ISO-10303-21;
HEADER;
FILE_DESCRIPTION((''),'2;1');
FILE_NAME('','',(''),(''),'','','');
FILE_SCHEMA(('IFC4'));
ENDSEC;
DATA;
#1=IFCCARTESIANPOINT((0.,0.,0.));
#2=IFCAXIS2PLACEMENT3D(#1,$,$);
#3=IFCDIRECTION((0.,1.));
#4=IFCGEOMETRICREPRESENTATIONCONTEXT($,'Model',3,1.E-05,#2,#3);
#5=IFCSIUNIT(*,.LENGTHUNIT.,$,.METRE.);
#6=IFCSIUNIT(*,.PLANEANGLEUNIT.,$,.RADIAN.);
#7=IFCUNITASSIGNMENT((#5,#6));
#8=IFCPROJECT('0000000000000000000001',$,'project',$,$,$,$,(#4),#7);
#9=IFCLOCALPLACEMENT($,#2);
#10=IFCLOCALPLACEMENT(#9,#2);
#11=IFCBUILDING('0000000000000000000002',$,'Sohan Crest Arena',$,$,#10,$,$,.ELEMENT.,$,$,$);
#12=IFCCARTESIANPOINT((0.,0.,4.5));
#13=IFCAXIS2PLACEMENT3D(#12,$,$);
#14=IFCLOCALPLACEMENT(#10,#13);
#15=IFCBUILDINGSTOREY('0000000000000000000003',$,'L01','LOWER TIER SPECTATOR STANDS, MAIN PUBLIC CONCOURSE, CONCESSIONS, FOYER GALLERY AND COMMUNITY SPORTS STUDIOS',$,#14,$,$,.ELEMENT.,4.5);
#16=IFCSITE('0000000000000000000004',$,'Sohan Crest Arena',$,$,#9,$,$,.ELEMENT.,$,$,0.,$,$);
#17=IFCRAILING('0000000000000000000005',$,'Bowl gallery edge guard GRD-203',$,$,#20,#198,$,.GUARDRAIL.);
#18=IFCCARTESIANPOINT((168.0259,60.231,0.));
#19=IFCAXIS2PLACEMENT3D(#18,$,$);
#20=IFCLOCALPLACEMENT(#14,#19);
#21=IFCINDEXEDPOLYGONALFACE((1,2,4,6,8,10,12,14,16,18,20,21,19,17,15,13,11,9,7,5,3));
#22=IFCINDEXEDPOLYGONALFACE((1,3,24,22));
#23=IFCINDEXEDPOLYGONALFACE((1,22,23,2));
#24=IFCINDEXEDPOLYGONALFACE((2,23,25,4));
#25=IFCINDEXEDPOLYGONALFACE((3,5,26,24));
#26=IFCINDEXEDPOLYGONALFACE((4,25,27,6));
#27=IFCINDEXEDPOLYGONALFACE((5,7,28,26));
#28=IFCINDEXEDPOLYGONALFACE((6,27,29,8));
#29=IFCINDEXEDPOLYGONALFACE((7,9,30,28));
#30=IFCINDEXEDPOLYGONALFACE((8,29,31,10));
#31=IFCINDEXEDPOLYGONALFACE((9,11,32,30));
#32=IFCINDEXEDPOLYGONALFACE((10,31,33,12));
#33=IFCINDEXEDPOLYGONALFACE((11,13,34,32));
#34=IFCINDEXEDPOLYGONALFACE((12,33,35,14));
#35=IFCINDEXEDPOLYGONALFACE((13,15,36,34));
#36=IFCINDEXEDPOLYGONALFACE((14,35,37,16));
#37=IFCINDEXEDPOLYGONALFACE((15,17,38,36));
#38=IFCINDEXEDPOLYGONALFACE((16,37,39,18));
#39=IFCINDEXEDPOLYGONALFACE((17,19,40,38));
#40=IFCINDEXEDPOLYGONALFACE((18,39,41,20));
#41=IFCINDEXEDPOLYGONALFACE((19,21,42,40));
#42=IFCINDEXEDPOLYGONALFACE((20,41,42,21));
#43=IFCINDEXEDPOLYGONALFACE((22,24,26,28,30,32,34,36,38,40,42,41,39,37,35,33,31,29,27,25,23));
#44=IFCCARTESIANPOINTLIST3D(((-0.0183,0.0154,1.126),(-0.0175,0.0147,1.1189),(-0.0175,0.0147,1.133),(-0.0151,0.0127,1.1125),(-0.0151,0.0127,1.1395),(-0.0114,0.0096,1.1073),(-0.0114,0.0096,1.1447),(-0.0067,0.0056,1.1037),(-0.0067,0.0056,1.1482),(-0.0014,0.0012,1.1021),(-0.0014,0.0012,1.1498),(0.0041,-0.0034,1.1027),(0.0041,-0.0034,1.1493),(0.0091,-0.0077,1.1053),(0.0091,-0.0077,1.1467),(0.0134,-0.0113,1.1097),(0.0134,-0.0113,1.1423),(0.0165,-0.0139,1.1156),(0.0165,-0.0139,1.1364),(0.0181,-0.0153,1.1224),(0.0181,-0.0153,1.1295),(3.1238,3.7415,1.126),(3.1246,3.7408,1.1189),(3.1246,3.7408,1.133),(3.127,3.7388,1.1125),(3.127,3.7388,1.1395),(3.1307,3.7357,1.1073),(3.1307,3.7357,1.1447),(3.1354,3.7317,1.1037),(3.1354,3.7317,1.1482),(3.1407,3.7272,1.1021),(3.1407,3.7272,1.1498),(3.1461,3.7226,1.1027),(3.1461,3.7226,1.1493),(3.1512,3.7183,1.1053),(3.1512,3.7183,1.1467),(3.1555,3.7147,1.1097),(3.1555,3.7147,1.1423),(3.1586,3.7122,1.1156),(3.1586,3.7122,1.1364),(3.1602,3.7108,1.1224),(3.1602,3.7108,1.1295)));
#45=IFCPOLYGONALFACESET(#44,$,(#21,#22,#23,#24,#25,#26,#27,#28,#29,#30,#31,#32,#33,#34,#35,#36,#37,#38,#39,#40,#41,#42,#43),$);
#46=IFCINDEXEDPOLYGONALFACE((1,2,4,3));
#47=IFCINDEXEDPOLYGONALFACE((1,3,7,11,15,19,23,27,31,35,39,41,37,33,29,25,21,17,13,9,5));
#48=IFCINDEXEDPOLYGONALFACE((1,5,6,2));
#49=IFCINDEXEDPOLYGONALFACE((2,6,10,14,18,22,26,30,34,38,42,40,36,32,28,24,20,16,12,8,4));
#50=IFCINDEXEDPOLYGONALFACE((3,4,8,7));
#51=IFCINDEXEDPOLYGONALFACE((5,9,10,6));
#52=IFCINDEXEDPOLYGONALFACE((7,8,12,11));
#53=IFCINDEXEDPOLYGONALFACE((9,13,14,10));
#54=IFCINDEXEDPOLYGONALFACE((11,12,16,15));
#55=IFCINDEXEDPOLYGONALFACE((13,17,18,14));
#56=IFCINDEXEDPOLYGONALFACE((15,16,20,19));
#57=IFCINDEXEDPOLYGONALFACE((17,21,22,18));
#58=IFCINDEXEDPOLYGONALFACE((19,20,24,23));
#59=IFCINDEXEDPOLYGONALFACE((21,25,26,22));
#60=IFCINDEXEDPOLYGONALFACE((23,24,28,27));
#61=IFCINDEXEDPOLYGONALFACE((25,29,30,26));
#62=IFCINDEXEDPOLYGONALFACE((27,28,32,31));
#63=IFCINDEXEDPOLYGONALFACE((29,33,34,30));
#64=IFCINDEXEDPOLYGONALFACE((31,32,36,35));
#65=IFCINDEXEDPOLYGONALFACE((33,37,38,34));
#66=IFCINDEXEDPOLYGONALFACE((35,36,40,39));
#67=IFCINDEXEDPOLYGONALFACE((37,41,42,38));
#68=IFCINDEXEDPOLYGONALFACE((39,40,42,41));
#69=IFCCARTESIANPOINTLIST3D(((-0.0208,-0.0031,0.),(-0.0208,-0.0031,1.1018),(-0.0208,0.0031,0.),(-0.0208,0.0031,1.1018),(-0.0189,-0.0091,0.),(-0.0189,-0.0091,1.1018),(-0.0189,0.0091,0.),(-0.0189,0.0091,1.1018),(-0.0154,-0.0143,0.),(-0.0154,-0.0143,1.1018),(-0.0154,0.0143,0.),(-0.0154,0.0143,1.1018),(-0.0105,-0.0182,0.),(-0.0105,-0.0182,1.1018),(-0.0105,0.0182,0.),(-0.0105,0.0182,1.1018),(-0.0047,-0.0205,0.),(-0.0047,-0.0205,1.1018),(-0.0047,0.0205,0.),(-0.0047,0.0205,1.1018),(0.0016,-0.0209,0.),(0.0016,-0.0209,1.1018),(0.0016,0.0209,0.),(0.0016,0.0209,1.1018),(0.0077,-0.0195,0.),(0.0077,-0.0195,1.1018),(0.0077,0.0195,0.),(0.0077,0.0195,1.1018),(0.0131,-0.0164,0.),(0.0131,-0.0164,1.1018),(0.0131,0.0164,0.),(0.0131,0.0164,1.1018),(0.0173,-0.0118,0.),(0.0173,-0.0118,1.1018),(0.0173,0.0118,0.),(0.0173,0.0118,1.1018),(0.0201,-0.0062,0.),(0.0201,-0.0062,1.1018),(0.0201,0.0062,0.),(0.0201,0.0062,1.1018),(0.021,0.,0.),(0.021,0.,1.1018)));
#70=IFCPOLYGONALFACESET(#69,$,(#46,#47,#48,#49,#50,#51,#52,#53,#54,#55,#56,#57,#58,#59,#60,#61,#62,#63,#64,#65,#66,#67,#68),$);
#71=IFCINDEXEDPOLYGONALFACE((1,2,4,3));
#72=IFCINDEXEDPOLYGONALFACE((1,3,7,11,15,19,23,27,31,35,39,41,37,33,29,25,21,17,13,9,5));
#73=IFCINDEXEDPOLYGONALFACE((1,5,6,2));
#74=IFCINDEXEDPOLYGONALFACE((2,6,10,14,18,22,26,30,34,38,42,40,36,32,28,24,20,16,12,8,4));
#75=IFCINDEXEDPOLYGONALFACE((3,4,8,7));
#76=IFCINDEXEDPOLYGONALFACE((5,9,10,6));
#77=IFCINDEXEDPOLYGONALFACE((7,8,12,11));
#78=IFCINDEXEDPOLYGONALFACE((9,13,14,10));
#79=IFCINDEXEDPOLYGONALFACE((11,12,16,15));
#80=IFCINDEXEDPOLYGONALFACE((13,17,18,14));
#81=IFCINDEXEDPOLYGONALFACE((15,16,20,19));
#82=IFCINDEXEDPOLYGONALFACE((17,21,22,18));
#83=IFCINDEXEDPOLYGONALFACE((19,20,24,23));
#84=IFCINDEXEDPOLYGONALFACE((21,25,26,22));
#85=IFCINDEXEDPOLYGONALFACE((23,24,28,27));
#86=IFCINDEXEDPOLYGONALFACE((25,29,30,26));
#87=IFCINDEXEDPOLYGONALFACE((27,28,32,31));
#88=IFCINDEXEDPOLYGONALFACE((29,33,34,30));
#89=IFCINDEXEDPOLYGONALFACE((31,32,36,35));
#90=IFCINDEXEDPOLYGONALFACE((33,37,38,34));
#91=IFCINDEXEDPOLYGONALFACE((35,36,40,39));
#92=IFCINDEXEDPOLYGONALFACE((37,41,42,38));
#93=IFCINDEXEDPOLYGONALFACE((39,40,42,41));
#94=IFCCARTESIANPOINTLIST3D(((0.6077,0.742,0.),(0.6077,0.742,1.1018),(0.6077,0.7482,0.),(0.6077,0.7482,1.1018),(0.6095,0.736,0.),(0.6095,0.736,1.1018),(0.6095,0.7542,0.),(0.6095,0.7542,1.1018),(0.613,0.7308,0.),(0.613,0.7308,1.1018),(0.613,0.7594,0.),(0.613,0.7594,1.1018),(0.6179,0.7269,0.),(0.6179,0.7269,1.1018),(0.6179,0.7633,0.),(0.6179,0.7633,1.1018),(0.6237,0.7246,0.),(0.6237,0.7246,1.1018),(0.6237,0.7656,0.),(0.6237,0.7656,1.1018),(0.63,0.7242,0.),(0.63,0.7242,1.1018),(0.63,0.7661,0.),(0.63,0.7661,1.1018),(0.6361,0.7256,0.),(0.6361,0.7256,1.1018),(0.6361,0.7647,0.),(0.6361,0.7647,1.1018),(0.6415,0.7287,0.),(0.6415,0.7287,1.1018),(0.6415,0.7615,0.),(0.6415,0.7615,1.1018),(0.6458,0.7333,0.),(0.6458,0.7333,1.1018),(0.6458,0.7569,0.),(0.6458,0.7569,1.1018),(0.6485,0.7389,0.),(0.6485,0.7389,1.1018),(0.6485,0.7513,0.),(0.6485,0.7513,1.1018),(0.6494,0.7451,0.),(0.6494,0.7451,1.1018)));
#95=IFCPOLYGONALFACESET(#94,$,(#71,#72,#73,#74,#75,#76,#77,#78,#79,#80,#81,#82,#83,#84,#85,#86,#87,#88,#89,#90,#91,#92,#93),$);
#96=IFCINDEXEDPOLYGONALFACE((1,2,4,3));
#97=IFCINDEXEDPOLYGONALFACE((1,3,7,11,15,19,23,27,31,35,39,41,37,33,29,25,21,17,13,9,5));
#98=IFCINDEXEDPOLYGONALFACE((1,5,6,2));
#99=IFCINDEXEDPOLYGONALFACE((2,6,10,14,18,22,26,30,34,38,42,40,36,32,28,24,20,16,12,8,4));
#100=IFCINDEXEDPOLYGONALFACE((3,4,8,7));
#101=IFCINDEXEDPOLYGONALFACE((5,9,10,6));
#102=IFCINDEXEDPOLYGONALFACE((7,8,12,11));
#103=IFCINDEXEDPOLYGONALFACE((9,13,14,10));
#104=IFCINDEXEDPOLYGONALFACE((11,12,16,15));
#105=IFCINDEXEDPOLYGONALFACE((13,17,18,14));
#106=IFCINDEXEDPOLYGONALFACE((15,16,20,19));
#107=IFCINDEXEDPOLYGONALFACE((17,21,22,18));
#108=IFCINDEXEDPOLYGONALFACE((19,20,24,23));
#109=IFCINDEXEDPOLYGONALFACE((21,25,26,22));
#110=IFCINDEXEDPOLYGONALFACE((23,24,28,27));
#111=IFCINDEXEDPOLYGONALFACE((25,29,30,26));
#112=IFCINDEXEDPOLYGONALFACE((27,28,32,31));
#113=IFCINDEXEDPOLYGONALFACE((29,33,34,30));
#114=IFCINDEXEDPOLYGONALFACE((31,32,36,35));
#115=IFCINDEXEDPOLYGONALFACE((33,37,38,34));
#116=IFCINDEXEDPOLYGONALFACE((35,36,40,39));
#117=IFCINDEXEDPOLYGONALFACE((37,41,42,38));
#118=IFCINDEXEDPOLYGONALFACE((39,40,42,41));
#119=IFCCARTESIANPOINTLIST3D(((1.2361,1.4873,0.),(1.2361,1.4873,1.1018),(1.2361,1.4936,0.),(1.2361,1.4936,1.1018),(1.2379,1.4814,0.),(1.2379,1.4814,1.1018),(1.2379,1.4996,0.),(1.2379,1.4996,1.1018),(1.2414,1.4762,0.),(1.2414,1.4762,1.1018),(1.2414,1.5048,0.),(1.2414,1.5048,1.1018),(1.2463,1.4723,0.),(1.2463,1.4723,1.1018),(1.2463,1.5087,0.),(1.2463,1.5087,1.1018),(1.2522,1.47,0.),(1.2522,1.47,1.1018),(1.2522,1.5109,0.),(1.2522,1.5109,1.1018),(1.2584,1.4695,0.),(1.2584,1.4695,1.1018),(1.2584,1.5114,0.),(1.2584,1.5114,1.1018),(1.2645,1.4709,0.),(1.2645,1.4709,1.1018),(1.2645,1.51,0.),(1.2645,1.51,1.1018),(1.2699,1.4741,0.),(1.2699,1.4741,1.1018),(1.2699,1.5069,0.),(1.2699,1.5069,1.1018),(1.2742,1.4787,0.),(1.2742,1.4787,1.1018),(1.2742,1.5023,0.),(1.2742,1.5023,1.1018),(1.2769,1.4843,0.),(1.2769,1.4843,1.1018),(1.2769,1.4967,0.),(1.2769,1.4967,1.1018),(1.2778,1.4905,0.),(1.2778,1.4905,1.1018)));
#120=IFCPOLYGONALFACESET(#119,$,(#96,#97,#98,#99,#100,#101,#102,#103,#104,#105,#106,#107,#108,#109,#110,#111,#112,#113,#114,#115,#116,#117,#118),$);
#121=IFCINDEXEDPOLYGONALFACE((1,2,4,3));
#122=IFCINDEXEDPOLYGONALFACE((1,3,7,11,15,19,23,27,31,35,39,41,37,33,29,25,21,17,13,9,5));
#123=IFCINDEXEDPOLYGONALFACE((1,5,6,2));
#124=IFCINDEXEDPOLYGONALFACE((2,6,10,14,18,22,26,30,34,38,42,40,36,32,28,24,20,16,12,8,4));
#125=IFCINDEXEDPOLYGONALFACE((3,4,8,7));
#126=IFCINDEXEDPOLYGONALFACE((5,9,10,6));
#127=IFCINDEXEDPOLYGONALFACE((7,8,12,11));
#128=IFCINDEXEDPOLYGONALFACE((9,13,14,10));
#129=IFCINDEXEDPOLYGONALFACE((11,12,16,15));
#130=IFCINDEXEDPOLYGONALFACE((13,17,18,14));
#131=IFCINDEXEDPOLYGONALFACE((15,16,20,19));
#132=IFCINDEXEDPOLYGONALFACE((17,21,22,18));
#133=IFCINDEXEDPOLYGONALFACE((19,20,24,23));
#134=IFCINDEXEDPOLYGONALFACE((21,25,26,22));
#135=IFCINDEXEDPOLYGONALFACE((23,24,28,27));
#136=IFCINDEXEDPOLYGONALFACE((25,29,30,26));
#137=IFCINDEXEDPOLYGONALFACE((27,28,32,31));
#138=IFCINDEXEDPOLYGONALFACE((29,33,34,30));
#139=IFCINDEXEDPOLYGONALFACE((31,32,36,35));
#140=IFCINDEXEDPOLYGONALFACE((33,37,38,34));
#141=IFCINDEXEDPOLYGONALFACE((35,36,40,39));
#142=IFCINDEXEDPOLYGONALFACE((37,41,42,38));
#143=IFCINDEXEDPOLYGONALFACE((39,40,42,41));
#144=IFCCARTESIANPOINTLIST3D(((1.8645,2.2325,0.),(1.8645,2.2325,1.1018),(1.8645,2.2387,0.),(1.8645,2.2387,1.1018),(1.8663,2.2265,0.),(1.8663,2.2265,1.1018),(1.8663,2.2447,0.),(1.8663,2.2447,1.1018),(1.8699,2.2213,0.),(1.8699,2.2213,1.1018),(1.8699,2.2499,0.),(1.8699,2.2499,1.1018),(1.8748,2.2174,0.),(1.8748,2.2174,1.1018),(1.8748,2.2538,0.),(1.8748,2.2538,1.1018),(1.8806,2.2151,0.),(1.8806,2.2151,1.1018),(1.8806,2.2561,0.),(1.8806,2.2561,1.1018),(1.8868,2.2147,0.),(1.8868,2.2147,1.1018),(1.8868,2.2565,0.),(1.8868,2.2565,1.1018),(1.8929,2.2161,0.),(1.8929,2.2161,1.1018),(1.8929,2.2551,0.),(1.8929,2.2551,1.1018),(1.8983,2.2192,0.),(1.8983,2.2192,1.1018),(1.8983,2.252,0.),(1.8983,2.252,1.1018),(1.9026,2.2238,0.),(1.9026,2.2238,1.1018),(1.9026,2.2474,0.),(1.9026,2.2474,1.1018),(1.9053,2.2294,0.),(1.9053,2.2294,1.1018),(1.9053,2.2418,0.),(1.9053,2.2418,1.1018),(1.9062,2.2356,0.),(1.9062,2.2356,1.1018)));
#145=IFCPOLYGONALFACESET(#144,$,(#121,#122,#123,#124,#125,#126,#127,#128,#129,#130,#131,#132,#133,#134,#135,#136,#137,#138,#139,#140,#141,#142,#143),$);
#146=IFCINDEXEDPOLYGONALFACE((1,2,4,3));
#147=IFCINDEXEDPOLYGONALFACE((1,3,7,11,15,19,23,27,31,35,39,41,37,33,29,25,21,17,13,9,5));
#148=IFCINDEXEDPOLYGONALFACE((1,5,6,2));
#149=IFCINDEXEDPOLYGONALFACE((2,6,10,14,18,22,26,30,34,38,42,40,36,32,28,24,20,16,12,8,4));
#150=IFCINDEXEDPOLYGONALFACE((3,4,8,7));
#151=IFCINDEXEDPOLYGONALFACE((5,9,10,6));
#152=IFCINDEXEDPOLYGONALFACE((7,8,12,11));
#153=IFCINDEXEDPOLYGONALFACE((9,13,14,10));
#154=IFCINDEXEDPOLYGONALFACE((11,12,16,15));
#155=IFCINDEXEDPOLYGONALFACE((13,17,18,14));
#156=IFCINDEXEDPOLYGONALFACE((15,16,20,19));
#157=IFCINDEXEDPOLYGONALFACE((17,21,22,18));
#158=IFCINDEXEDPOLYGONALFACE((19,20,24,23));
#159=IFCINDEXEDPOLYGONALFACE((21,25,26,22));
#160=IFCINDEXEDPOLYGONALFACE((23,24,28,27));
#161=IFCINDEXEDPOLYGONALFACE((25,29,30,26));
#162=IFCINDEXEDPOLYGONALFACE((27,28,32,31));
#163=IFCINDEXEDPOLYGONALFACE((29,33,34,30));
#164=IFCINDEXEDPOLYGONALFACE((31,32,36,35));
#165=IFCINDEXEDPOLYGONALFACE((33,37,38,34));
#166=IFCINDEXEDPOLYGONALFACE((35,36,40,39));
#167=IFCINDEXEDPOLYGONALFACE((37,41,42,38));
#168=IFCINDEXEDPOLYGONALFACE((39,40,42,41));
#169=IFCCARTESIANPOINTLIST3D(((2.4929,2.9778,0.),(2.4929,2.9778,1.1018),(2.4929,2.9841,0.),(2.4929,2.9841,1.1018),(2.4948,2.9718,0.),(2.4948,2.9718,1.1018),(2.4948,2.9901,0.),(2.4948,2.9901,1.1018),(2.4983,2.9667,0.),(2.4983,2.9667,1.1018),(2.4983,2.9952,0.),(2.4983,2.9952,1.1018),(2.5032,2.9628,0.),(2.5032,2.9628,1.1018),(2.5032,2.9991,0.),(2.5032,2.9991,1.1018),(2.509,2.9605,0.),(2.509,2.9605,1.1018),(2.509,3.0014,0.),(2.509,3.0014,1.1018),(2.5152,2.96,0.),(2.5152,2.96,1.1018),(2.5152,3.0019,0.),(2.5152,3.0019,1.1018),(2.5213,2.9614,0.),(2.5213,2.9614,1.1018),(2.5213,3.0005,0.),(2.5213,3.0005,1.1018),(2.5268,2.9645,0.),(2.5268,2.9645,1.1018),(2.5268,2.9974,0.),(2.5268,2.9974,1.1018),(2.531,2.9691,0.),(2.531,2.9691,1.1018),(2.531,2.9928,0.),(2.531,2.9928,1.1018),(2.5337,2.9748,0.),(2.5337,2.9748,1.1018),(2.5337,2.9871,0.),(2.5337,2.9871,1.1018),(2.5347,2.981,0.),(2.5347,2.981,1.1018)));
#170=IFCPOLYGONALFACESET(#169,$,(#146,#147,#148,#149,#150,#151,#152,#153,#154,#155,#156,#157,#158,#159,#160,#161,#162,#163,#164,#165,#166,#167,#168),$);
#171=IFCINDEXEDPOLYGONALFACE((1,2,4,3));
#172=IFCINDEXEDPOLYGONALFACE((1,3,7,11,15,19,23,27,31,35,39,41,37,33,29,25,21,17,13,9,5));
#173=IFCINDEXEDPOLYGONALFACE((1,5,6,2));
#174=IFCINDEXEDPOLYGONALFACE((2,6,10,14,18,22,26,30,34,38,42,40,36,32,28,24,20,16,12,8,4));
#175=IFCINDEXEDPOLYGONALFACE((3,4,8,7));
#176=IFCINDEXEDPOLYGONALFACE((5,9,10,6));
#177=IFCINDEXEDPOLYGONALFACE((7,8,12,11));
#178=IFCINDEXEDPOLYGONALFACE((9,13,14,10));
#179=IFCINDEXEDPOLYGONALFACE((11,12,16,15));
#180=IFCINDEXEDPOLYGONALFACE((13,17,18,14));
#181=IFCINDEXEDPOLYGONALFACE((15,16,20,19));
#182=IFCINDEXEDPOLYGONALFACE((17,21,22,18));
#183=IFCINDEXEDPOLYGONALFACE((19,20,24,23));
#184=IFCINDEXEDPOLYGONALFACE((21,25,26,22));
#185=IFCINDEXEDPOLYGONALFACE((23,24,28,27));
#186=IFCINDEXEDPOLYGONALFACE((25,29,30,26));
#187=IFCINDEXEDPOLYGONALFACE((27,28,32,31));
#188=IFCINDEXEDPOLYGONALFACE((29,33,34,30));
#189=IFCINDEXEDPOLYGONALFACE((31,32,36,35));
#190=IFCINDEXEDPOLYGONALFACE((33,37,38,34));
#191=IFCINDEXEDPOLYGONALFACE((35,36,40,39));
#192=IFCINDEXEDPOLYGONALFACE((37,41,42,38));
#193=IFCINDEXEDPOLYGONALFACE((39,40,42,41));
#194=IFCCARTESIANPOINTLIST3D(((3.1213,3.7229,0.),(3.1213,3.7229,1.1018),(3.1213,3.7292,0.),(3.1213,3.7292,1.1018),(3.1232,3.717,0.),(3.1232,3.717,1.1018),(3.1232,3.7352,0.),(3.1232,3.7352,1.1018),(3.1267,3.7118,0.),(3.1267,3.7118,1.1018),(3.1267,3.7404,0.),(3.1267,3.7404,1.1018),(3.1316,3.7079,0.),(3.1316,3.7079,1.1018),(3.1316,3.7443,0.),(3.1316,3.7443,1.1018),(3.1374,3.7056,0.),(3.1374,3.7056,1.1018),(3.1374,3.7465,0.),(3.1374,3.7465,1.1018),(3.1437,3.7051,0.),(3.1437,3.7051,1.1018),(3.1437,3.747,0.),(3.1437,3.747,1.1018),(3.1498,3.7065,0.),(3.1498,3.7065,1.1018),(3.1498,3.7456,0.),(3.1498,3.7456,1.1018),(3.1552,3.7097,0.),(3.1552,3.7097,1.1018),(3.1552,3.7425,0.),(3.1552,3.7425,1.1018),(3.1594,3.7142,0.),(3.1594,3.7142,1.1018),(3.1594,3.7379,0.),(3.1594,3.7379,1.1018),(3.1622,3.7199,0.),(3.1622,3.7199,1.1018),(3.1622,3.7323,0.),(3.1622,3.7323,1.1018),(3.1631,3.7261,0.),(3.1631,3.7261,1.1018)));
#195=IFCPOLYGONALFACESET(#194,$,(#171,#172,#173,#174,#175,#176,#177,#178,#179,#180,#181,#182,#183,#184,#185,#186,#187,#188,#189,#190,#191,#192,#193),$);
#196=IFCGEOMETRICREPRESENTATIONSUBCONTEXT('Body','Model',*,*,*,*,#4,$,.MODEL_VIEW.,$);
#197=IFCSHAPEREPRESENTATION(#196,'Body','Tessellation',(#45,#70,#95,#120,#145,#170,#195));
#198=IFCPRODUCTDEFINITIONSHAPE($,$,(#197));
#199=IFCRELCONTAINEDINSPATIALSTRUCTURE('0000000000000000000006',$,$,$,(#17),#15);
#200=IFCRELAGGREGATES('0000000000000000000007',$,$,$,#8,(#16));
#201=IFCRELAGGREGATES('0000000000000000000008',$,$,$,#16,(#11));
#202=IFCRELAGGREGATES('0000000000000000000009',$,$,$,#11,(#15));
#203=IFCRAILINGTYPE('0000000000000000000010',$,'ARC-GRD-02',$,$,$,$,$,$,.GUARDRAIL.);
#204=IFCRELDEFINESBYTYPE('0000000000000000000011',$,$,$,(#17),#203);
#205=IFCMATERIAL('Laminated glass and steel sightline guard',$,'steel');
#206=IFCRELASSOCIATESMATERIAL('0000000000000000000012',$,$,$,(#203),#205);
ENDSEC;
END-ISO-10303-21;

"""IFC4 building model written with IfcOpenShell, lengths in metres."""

from ifc_helpers import new_model, si_unit, direction, frame, origin, origin_2d, place, context, subcontext, project, spatial, circle, extrude, material, type_object, element, save


model = new_model("IFC4")

# Units and contexts
model_context = context("Model", 3, precision=1e-05, world=origin(), true_north=direction((0.0, 1.0)))
body_context = subcontext(model_context, "Body", "Model", "MODEL_VIEW")
ifc_project = project(units=[si_unit("LENGTHUNIT", "METRE"), si_unit("PLANEANGLEUNIT", "RADIAN")], contexts=[model_context])

# Site, building, storey
site_placement = place(None, origin())
site = spatial("IfcSite", under=ifc_project, at=site_placement, Name="Sohan Crest Arena", CompositionType="ELEMENT", RefElevation=0.0)
building_placement = place(site_placement, origin())
building = spatial("IfcBuilding", under=site, at=building_placement, Name="Sohan Crest Arena", CompositionType="ELEMENT")
storey_placement = place(building_placement, frame((0.0, 0.0, 4.5)))
storey = spatial("IfcBuildingStorey", under=building, at=storey_placement, Name="L01", Description="LOWER TIER SPECTATOR STANDS, MAIN PUBLIC CONCOURSE, CONCESSIONS, FOYER GALLERY AND COMMUNITY SPORTS STUDIOS", CompositionType="ELEMENT", Elevation=4.5)

# Railing
ifc_material_1 = material(Name="Laminated glass and steel sightline guard", Category="steel")
railing_type = type_object("IfcRailingType", Name="ARC-GRD-02", PredefinedType="GUARDRAIL", material=ifc_material_1)
railing_placement = place(storey_placement, frame((168.0259, 60.231, 0.0)))
element("IfcRailing", 1, at=railing_placement, inside=storey, type_object=railing_type, Name="Bowl gallery edge guard GRD-203", PredefinedType="GUARDRAIL", context=body_context, shape_type="SweptSolid", body=[
    extrude(circle(Radius=0.0239, at=origin_2d()), frame((0.0, 0.0, 1.126), z_axis=(0.644657, 0.764472, 0.0), x_axis=(-0.764472, 0.644657, 0.0)), (0.0, 0.0, 1.0), 4.874),
    extrude(circle(Radius=0.021, at=origin_2d()), origin(), (0.0, 0.0, 1.0), 1.1018),
    extrude(circle(Radius=0.021, at=origin_2d()), frame((0.6284, 0.7451, 0.0)), (0.0, 0.0, 1.0), 1.1018),
    extrude(circle(Radius=0.021, at=origin_2d()), frame((1.2568, 1.4905, 0.0)), (0.0, 0.0, 1.0), 1.1018),
    extrude(circle(Radius=0.021, at=origin_2d()), frame((1.8853, 2.2356, 0.0)), (0.0, 0.0, 1.0), 1.1018),
    extrude(circle(Radius=0.021, at=origin_2d()), frame((2.5137, 2.981, 0.0)), (0.0, 0.0, 1.0), 1.1018),
    extrude(circle(Radius=0.021, at=origin_2d()), frame((3.1421, 3.7261, 0.0)), (0.0, 0.0, 1.0), 1.1018),
])

save(model, "model.ifc")
